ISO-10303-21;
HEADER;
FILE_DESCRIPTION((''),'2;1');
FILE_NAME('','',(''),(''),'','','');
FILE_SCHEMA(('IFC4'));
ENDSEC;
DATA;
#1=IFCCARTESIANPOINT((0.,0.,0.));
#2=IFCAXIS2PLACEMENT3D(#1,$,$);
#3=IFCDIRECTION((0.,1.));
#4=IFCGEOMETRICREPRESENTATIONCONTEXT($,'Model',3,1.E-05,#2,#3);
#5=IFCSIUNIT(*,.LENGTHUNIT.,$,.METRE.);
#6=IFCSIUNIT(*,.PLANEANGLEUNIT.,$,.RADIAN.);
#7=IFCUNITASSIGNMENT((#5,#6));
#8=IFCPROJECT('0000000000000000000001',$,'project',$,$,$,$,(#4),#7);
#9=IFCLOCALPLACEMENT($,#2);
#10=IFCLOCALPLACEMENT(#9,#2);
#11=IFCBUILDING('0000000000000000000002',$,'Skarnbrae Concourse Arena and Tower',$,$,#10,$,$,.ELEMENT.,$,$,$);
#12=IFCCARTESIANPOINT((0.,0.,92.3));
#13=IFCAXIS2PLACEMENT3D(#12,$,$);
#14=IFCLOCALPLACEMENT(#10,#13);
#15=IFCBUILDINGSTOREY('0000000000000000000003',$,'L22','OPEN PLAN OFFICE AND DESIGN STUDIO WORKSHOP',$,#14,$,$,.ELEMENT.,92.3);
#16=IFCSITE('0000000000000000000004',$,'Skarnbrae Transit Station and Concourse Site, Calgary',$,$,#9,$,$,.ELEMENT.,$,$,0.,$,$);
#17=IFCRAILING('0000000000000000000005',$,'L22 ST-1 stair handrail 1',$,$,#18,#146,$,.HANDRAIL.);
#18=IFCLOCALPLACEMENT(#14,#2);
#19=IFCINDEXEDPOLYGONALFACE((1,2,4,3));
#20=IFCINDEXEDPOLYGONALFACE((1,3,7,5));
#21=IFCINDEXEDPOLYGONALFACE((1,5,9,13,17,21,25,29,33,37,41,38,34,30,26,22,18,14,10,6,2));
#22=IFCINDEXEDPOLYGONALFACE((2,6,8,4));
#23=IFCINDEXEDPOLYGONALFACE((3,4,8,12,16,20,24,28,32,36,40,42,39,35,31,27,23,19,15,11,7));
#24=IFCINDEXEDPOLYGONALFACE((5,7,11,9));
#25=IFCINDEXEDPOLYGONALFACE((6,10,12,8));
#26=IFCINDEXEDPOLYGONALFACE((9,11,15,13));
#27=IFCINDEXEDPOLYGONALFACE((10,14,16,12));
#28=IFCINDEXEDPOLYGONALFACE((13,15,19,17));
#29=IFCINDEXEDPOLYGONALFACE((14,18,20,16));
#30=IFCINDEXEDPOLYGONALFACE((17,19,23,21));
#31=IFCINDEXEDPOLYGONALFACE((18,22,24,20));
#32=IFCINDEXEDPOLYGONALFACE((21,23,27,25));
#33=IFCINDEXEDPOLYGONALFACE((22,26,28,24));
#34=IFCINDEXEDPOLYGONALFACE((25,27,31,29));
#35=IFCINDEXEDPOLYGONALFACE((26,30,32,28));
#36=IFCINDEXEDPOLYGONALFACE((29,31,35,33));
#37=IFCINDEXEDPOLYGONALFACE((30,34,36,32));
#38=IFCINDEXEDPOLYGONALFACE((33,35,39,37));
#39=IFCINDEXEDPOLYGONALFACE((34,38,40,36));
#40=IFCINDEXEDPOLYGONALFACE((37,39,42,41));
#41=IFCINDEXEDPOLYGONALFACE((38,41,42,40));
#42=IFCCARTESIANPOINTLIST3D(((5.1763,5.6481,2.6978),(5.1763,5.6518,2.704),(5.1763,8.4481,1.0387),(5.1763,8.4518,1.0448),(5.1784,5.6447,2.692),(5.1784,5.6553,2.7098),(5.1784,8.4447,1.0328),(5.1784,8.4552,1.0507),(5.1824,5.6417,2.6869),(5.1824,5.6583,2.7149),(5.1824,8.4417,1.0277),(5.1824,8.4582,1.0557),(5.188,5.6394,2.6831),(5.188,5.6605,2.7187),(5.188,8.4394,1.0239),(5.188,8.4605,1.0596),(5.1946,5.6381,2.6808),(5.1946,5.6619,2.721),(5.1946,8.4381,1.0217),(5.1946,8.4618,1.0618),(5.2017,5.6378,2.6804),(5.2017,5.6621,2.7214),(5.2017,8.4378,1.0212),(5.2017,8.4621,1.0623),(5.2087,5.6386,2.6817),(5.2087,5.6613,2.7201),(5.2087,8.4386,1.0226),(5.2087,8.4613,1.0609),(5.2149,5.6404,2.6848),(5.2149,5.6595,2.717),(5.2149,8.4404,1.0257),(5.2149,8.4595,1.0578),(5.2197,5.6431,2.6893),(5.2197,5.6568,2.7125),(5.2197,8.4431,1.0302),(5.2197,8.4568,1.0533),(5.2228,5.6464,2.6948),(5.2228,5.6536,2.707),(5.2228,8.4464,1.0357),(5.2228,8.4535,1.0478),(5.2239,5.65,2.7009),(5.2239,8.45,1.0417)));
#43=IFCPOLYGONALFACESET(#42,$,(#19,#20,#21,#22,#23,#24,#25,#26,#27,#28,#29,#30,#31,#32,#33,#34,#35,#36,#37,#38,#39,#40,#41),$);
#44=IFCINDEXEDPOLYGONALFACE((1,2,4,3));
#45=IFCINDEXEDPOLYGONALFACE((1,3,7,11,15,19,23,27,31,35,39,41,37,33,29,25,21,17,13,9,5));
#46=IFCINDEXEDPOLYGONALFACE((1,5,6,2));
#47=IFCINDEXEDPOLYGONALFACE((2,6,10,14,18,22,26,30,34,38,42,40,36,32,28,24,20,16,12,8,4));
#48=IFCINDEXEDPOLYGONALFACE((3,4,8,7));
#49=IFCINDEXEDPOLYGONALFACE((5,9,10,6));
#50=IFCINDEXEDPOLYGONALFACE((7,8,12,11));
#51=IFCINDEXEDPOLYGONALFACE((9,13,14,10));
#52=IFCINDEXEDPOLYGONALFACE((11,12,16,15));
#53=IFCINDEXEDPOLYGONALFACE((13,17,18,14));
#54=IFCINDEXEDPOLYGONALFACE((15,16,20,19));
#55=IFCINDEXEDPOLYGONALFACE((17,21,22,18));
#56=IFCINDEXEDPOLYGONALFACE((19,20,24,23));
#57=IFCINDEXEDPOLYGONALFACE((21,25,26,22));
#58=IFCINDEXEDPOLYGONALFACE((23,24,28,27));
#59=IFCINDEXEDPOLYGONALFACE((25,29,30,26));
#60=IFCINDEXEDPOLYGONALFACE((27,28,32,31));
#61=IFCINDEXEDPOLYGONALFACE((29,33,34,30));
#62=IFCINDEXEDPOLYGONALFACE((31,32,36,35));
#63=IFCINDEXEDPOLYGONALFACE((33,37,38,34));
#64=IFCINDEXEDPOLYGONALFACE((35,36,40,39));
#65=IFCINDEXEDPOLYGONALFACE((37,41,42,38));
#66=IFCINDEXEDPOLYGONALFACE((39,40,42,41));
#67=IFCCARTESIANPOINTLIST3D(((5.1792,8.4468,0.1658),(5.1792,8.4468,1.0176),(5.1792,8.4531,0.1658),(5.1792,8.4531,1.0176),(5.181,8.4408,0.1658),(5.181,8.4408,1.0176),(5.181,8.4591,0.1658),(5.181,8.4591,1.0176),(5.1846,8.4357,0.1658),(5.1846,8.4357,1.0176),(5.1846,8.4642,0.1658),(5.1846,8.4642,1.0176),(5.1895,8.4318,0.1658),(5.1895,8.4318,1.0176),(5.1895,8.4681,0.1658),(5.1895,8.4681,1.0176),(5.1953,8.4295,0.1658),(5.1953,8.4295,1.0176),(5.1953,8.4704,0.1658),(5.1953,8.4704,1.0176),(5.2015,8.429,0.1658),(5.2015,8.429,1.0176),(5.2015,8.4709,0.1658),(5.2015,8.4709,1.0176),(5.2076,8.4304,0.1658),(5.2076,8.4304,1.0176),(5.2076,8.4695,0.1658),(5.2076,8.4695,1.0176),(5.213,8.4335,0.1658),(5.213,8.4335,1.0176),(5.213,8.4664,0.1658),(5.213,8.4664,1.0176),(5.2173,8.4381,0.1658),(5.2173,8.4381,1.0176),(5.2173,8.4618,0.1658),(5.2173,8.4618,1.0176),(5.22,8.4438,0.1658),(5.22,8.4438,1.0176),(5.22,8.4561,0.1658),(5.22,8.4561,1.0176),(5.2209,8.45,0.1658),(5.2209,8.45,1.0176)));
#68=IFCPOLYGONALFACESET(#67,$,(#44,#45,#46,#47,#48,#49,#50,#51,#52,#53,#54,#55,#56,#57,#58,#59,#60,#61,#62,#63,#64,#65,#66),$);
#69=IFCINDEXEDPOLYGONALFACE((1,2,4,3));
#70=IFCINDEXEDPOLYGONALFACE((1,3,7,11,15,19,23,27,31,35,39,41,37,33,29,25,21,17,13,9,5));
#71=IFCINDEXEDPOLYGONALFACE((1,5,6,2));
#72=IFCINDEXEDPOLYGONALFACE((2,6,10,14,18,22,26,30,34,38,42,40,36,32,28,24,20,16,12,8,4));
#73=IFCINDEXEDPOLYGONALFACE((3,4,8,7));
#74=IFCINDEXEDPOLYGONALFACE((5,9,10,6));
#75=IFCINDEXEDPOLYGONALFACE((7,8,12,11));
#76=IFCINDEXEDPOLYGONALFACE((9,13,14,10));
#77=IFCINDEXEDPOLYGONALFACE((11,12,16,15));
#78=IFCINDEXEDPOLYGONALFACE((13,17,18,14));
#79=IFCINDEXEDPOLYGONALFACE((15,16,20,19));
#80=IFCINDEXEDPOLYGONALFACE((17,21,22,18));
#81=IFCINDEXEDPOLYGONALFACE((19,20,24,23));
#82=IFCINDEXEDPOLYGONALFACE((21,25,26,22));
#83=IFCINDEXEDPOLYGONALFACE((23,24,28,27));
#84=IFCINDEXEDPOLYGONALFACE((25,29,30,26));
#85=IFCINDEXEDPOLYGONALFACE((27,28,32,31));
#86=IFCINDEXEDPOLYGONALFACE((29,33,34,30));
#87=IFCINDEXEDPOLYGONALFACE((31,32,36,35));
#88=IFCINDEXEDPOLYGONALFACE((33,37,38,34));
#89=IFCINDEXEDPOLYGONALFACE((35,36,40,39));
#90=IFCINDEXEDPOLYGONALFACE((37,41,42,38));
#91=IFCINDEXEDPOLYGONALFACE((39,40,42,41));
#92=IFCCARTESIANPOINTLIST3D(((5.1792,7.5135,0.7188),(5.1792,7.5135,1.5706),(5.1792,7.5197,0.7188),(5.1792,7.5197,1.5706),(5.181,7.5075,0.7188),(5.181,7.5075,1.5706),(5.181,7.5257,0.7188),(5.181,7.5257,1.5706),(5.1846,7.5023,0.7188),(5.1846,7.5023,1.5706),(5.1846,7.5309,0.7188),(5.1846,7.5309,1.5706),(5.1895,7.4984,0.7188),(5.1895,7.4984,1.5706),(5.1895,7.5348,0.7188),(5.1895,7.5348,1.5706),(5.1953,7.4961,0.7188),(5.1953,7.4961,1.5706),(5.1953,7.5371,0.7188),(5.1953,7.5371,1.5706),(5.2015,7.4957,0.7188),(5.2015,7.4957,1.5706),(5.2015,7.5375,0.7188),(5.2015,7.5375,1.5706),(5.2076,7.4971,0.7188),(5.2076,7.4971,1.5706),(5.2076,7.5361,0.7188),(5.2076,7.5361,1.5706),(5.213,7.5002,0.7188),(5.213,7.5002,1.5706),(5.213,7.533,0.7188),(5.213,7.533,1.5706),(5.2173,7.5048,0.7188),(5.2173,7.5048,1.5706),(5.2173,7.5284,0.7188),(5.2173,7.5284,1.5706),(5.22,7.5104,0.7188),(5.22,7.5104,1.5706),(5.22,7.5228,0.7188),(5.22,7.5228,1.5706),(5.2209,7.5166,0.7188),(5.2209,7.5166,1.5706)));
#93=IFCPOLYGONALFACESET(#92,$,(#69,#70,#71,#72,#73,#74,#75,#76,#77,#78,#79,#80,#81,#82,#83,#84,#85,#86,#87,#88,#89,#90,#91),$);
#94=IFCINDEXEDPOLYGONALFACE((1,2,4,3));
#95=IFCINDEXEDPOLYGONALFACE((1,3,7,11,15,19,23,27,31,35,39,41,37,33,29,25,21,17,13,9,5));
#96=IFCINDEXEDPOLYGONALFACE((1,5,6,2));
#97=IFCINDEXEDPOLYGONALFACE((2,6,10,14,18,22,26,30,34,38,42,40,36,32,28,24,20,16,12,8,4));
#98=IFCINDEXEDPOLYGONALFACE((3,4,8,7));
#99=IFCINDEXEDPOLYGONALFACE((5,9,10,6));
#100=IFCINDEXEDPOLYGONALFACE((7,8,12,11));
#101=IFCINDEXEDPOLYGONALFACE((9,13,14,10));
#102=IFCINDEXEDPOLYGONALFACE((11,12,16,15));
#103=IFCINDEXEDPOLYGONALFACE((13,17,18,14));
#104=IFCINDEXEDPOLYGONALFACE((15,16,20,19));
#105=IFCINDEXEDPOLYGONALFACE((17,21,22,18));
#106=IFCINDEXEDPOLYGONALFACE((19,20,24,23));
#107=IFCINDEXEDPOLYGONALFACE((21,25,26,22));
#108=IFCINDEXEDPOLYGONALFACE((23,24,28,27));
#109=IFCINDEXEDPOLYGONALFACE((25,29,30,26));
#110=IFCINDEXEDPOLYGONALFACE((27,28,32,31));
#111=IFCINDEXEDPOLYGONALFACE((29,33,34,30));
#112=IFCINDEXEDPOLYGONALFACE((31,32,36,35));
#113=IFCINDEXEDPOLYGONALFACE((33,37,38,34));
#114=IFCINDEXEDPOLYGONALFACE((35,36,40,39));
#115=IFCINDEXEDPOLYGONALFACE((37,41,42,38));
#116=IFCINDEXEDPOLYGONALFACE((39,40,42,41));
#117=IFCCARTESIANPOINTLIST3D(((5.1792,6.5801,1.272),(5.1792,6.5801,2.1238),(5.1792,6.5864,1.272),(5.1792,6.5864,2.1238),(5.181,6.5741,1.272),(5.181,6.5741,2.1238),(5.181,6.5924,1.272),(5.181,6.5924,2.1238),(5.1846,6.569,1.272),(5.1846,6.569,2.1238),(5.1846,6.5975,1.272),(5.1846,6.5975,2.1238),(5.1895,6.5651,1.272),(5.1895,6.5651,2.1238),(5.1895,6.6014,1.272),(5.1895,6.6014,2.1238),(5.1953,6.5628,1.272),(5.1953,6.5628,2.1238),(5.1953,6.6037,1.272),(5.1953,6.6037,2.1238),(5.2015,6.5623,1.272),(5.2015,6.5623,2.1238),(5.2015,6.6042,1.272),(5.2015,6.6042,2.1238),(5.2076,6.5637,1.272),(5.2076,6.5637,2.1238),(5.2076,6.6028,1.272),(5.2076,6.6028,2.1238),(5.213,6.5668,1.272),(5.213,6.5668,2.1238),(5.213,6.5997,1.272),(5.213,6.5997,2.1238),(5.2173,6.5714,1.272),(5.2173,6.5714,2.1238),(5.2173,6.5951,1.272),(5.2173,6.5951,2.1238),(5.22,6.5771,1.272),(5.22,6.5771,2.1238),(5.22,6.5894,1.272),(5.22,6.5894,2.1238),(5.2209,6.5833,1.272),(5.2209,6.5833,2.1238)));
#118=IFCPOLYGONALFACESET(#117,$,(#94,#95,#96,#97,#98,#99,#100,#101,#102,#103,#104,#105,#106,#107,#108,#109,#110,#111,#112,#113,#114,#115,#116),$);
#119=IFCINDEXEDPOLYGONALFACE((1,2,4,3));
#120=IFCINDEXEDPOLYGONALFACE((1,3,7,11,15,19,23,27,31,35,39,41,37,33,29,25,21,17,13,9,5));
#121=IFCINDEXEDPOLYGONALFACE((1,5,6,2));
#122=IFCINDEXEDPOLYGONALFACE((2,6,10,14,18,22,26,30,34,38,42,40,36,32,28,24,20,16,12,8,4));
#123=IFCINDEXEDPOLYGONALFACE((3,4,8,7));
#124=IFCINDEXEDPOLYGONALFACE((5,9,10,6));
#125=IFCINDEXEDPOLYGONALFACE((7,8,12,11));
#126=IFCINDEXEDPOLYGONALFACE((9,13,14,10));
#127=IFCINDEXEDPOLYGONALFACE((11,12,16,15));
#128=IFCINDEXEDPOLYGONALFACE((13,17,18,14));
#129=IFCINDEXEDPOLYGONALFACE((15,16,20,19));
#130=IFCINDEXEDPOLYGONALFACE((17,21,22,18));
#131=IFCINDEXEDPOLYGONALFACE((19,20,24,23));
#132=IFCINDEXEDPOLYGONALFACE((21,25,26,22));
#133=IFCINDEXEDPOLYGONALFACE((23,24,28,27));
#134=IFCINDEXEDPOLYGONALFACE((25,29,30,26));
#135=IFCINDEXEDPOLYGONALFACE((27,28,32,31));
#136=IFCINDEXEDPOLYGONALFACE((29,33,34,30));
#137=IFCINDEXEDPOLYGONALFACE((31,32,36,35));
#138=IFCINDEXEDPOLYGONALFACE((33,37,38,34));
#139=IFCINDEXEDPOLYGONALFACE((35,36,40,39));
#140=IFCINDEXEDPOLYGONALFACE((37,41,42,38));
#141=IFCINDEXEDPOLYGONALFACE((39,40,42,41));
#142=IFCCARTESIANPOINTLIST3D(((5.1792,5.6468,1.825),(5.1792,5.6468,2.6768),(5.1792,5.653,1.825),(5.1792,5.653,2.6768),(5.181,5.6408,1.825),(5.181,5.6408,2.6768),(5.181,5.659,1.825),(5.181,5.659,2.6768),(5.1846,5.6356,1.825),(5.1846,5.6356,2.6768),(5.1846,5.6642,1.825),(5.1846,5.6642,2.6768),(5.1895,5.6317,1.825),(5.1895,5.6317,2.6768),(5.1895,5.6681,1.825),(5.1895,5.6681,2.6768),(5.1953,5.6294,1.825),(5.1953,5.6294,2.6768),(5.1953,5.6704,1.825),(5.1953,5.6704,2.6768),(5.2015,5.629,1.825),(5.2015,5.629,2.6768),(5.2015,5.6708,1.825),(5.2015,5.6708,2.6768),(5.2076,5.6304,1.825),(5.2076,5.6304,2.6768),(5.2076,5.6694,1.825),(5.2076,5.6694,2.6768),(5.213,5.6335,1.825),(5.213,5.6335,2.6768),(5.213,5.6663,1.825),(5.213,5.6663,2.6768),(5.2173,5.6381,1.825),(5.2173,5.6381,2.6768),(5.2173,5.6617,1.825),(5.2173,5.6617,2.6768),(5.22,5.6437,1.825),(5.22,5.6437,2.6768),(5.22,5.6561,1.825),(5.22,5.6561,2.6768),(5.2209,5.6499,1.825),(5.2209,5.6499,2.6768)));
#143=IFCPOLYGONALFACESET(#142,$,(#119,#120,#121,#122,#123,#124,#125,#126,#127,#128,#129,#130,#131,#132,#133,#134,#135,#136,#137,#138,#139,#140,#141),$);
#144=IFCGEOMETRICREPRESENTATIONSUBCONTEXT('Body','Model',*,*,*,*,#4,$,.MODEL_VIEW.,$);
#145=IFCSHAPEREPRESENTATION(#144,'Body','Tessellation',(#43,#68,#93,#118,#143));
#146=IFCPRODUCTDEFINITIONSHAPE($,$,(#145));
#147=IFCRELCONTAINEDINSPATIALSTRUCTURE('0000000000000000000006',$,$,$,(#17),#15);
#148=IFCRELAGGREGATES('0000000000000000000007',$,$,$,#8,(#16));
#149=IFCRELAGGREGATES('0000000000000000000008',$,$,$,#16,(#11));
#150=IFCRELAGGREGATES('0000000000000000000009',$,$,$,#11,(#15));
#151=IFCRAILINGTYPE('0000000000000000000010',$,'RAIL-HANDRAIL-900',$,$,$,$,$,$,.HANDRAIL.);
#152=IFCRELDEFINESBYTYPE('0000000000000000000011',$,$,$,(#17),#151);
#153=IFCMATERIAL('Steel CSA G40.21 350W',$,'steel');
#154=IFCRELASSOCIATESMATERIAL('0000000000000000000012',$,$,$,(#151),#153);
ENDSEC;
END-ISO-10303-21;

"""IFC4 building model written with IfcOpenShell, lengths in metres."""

from ifc_helpers import new_model, si_unit, direction, frame, origin, origin_2d, place, context, subcontext, project, spatial, circle, extrude, material, type_object, element, save


model = new_model("IFC4")

# Units and contexts
model_context = context("Model", 3, precision=1e-05, world=origin(), true_north=direction((0.0, 1.0)))
body_context = subcontext(model_context, "Body", "Model", "MODEL_VIEW")
ifc_project = project(units=[si_unit("LENGTHUNIT", "METRE"), si_unit("PLANEANGLEUNIT", "RADIAN")], contexts=[model_context])

# Site, building, storey
site_placement = place(None, origin())
site = spatial("IfcSite", under=ifc_project, at=site_placement, Name="Skarnbrae Transit Station and Concourse Site, Calgary", CompositionType="ELEMENT", RefElevation=0.0)
building_placement = place(site_placement, origin())
building = spatial("IfcBuilding", under=site, at=building_placement, Name="Skarnbrae Concourse Arena and Tower", CompositionType="ELEMENT")
storey_placement = place(building_placement, frame((0.0, 0.0, 92.3)))
storey = spatial("IfcBuildingStorey", under=building, at=storey_placement, Name="L22", Description="OPEN PLAN OFFICE AND DESIGN STUDIO WORKSHOP", CompositionType="ELEMENT", Elevation=92.3)

# Shared definitions
ifc_material_1 = material(Name="Steel CSA G40.21 350W", Category="steel")

# Railing
railing_type_1 = type_object("IfcRailingType", Name="RAIL-HANDRAIL-900", PredefinedType="HANDRAIL", material=ifc_material_1)
railing_1_placement = place(storey_placement, frame((5.2, 8.45, 0.1658)))
element("IfcRailing", 1, at=railing_1_placement, inside=storey, type_object=railing_type_1, Name="L22 ST-1 stair handrail 1", PredefinedType="HANDRAIL", context=body_context, shape_type="SweptSolid", body=[
    extrude(circle(Radius=0.0239, at=origin_2d()), frame((0.0, 0.0, 0.876), z_axis=(0.0, -0.860306, 0.509778), x_axis=(1.0, 0.0, 0.0)), (0.0, 0.0, 1.0), 3.2546),
    extrude(circle(Radius=0.021, at=origin_2d()), origin(), (0.0, 0.0, 1.0), 0.8518),
    extrude(circle(Radius=0.021, at=origin_2d()), frame((0.0, -0.9333, 0.553)), (0.0, 0.0, 1.0), 0.8518),
    extrude(circle(Radius=0.021, at=origin_2d()), frame((0.0, -1.8667, 1.1062)), (0.0, 0.0, 1.0), 0.8518),
    extrude(circle(Radius=0.021, at=origin_2d()), frame((0.0, -2.8, 1.6592)), (0.0, 0.0, 1.0), 0.8518),
])

save(model, "model.ifc")
